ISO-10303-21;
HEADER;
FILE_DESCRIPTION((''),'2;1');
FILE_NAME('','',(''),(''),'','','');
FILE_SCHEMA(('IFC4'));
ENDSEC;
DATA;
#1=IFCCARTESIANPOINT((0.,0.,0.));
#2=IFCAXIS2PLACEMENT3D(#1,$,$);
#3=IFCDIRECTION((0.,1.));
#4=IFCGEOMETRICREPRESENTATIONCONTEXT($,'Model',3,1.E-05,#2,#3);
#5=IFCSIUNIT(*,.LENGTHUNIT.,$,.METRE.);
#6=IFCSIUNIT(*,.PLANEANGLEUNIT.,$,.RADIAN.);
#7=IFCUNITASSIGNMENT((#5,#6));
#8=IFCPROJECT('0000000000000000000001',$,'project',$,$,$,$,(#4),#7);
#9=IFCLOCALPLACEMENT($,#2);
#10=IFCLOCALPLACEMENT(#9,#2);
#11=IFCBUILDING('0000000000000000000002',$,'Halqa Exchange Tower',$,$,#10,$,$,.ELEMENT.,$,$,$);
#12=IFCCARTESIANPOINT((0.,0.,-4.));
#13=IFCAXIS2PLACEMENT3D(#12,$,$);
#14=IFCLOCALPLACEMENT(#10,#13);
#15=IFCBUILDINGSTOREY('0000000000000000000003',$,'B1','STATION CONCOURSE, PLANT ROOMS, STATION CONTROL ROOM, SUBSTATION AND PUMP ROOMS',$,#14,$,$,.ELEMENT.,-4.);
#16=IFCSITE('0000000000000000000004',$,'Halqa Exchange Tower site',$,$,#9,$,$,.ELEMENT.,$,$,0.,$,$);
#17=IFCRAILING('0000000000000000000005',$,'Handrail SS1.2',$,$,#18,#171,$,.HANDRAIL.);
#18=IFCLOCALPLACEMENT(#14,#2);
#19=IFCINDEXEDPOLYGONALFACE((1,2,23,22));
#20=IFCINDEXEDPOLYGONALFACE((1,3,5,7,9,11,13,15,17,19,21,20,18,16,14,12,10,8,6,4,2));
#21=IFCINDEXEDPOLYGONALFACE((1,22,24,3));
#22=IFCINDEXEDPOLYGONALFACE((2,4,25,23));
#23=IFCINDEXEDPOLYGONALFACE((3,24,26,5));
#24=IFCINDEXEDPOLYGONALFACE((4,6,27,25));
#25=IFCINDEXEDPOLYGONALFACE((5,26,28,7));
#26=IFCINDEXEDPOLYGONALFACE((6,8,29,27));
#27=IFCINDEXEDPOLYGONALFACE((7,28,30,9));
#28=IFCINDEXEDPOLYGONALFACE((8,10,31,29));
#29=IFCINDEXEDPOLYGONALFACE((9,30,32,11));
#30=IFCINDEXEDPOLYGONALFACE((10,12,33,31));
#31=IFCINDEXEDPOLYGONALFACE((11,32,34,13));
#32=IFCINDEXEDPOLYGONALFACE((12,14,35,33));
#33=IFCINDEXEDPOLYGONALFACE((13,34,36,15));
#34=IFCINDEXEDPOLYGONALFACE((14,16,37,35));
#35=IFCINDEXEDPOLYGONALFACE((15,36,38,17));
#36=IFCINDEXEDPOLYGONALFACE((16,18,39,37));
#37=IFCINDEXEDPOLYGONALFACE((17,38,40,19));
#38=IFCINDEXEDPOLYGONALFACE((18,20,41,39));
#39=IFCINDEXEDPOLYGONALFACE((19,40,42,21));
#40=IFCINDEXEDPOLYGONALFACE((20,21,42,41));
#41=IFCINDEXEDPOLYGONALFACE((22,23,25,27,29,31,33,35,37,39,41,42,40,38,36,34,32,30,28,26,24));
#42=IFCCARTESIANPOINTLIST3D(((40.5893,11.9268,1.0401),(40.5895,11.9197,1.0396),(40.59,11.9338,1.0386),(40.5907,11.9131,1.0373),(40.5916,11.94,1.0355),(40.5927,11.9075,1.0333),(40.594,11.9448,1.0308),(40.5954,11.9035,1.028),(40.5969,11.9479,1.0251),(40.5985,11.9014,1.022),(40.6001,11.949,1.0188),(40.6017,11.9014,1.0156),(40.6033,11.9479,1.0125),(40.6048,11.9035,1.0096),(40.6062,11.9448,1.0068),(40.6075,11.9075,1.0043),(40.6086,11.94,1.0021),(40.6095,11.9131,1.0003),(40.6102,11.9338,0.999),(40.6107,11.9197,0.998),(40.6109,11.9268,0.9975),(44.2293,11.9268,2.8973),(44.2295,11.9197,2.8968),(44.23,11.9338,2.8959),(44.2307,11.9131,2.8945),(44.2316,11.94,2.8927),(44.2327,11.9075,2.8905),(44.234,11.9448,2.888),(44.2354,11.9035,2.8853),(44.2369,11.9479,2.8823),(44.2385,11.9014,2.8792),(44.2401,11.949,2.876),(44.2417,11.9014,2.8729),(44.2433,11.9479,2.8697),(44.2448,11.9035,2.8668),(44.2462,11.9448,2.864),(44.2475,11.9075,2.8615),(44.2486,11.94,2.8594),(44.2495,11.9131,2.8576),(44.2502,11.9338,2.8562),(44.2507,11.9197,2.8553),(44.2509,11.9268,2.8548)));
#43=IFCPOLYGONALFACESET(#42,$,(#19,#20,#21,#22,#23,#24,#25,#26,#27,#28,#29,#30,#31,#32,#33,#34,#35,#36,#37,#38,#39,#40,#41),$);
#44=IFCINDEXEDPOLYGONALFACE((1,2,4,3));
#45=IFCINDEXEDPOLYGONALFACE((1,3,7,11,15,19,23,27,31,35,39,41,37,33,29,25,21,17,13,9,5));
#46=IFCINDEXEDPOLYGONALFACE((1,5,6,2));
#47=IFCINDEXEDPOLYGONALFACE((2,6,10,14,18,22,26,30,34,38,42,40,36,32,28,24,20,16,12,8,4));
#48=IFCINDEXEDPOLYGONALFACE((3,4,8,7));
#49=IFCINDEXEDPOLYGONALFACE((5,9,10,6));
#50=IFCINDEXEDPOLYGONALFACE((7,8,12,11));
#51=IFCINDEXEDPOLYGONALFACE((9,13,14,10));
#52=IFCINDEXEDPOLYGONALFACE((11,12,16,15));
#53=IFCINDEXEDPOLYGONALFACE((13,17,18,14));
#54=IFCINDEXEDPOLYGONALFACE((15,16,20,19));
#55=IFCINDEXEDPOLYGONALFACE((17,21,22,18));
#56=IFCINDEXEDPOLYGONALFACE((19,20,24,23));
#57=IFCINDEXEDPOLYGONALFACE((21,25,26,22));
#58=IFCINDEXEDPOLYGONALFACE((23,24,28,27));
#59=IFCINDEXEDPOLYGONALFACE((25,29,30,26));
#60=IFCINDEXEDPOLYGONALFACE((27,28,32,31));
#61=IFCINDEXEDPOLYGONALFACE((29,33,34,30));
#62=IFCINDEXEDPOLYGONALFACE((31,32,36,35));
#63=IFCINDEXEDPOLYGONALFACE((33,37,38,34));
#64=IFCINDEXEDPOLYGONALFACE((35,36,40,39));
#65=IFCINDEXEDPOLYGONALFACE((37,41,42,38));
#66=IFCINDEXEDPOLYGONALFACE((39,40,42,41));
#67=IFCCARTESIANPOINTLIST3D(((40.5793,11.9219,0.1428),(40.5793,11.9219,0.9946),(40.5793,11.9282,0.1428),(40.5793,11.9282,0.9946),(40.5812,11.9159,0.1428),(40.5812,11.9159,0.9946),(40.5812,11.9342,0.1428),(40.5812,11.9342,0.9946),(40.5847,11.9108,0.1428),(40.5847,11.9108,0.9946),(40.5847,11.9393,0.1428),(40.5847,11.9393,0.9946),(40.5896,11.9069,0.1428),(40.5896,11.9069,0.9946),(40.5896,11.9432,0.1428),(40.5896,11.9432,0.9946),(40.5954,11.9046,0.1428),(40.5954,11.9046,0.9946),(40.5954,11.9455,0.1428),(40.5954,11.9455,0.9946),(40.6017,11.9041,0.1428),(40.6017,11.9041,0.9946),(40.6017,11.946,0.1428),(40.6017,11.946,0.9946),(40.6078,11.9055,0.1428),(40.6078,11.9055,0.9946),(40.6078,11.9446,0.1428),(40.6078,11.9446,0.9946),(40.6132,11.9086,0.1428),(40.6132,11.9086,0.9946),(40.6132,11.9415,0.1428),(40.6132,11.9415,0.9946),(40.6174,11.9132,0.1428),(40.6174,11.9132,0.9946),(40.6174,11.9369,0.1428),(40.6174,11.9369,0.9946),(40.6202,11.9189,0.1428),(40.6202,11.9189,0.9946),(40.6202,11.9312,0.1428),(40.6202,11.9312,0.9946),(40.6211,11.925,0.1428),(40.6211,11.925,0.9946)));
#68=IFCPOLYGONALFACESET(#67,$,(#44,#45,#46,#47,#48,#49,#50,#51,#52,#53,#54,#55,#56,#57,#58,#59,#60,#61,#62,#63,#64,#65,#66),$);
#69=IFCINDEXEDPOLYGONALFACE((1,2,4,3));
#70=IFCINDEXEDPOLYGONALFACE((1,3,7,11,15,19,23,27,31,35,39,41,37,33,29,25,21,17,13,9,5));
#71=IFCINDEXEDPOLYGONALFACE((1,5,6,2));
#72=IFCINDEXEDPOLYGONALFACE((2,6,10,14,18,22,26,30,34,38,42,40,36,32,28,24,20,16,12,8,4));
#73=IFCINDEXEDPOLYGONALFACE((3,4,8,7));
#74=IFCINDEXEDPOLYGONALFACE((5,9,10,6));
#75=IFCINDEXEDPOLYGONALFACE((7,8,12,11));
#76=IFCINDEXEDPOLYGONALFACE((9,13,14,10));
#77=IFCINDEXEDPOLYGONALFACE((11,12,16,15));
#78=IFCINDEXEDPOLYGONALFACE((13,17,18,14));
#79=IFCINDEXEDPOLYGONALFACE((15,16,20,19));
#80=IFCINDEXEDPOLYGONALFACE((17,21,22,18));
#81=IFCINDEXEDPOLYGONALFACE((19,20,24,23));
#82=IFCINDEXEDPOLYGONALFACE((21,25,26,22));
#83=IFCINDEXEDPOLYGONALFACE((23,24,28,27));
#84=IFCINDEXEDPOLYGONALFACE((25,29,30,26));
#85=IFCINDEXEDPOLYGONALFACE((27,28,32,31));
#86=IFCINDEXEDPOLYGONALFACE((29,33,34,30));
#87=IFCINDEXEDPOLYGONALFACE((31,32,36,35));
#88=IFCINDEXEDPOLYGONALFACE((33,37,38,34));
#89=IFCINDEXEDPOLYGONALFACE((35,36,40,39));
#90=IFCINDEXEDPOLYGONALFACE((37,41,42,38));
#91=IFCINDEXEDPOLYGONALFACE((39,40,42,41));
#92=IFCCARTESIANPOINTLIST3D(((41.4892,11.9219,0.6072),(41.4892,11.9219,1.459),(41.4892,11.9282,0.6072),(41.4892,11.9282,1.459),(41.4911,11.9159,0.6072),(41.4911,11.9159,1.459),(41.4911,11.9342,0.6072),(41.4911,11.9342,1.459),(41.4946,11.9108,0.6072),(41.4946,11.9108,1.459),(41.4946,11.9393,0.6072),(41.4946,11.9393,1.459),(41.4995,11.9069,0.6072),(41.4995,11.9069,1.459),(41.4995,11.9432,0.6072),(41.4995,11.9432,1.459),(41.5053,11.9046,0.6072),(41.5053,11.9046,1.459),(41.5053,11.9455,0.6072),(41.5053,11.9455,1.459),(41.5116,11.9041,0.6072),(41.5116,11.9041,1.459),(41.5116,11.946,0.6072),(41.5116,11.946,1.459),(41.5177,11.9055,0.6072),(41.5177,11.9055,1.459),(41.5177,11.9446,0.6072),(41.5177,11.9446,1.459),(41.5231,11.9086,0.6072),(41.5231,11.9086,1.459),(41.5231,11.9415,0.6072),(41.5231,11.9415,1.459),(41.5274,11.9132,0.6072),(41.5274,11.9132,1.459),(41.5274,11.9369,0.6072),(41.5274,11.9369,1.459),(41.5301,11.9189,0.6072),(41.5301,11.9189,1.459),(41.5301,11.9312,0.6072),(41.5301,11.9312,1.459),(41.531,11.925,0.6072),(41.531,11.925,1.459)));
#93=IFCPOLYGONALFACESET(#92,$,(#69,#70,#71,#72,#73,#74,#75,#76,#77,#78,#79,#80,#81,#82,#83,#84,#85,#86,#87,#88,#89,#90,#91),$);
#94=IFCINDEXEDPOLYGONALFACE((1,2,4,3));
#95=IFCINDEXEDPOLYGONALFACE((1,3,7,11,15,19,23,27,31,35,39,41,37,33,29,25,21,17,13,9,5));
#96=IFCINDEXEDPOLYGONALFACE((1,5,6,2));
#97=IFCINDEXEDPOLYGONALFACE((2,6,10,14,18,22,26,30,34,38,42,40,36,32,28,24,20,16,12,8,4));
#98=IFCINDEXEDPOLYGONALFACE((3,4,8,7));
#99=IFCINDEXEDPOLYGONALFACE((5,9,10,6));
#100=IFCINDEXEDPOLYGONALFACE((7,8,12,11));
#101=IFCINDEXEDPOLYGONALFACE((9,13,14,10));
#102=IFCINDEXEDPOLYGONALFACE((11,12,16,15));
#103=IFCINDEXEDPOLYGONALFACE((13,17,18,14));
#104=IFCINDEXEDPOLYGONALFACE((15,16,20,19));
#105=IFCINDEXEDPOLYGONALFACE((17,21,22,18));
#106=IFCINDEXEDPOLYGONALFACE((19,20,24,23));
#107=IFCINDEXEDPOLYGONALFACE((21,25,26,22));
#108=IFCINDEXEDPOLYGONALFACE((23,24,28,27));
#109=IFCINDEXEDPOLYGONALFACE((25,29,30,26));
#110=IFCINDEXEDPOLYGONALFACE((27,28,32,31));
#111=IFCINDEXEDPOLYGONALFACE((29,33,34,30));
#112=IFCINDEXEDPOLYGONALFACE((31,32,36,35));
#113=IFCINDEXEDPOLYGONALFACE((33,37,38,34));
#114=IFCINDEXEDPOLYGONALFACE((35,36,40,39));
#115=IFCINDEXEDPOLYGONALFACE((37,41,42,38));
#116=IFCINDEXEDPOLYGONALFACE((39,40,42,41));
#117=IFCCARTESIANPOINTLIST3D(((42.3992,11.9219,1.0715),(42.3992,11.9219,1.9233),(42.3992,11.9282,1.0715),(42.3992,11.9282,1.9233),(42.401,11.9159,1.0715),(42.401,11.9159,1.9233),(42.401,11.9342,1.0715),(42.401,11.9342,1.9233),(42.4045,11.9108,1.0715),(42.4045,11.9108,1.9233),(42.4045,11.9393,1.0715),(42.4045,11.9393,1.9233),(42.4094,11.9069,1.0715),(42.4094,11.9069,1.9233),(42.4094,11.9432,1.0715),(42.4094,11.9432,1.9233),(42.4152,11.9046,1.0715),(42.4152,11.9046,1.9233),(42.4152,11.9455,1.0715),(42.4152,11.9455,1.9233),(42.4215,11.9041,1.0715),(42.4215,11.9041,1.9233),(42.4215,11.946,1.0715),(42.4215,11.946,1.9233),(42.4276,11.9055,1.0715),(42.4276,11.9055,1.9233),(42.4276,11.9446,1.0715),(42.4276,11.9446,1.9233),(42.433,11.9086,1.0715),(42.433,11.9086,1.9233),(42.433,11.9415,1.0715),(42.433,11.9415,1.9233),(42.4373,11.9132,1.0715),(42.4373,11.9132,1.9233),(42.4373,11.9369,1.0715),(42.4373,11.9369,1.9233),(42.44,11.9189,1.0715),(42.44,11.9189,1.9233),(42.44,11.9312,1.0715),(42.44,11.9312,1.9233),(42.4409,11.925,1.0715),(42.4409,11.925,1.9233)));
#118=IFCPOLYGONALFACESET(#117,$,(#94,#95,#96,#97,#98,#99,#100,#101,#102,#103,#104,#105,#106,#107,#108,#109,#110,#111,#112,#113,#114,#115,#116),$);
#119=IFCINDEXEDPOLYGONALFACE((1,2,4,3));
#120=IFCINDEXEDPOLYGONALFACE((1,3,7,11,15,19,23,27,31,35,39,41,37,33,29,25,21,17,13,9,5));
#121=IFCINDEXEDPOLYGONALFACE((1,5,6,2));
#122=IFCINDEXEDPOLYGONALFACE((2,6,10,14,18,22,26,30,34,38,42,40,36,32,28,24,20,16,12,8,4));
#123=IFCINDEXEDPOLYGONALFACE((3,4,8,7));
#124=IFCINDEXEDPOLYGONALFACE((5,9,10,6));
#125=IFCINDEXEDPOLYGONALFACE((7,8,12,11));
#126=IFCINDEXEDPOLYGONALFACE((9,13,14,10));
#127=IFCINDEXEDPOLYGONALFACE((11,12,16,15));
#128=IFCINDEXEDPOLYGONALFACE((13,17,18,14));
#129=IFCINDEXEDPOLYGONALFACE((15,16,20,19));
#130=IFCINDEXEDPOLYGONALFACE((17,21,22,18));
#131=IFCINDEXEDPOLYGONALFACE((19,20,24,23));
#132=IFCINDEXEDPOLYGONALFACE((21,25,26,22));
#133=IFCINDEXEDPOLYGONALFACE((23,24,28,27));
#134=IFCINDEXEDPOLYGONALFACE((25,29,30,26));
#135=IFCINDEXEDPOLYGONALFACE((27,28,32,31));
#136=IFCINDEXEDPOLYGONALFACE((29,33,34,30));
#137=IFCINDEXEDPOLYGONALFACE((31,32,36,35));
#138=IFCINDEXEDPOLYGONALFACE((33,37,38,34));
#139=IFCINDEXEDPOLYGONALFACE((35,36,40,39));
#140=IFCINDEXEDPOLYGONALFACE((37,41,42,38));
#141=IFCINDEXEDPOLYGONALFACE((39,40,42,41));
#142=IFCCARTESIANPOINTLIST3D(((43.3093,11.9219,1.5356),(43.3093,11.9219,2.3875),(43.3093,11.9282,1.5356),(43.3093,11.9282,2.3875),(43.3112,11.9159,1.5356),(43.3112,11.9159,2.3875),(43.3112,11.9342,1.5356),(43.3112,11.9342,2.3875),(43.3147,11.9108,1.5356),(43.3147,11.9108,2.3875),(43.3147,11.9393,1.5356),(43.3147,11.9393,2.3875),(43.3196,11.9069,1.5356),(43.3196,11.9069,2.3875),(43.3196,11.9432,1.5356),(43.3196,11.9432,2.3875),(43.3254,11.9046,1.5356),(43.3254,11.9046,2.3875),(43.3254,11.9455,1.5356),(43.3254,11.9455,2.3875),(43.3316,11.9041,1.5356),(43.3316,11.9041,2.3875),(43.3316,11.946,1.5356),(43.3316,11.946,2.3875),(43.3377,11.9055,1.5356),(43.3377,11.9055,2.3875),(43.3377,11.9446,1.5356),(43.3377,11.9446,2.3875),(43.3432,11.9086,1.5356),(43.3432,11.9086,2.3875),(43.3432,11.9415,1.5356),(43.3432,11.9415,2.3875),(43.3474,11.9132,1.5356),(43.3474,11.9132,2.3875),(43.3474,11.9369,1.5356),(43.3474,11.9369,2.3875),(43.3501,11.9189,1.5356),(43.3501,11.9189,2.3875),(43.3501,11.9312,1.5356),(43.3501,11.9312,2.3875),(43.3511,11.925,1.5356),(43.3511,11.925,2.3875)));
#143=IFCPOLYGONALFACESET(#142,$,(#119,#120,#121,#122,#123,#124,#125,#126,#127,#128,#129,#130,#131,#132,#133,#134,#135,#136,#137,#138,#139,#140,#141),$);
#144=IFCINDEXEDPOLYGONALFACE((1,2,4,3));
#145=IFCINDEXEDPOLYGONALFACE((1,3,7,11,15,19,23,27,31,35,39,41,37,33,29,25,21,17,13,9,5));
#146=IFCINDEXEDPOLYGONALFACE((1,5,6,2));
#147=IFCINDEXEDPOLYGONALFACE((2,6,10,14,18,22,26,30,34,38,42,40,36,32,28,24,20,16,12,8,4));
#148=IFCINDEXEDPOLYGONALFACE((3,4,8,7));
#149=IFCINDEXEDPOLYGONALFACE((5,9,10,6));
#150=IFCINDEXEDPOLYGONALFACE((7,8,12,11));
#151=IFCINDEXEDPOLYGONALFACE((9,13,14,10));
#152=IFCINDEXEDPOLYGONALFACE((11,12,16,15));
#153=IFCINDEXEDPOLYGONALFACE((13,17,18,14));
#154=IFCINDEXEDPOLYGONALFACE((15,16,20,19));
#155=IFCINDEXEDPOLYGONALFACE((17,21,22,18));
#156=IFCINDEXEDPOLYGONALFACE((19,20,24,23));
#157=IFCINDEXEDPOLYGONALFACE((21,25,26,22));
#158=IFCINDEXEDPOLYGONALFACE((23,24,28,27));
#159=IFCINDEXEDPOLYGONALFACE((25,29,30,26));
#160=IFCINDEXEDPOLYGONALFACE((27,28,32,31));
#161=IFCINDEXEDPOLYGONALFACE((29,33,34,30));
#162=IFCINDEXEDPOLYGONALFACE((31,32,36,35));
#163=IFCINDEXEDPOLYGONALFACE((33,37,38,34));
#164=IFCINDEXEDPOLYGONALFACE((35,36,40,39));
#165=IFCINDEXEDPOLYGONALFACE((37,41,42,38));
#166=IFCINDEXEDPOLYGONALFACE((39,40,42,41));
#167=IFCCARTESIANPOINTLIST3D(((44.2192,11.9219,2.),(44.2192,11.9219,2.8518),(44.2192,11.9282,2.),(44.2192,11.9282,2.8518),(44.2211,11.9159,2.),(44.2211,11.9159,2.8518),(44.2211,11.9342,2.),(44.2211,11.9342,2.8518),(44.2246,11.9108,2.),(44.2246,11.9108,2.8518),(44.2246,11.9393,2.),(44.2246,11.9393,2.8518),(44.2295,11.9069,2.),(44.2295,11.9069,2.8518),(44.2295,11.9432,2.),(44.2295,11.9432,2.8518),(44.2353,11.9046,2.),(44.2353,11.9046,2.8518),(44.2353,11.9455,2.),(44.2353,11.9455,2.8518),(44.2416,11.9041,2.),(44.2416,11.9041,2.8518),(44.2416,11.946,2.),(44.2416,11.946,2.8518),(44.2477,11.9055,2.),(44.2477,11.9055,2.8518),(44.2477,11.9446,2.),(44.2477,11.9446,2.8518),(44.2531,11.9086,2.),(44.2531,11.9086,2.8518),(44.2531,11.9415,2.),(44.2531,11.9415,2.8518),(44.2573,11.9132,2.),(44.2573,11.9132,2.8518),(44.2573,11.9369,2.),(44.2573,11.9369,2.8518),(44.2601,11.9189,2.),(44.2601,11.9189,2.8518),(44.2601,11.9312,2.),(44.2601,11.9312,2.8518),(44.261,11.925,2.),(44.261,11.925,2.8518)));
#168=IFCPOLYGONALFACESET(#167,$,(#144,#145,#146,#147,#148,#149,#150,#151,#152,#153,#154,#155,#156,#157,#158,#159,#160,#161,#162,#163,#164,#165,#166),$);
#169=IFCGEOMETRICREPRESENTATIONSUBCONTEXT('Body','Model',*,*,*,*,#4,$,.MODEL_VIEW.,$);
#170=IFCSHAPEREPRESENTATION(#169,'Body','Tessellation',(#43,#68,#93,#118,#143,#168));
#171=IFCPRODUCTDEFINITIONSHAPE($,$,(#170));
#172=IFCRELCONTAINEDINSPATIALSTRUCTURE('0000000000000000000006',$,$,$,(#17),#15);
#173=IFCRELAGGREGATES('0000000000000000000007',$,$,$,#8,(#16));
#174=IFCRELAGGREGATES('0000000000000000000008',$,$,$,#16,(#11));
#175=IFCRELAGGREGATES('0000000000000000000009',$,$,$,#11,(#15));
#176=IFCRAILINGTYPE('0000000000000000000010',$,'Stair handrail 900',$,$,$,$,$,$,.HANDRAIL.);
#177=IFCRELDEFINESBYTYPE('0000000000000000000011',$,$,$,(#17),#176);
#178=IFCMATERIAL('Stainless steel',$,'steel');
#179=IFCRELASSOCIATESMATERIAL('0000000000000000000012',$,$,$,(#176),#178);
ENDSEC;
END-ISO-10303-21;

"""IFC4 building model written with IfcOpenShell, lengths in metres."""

from ifc_helpers import new_model, si_unit, direction, frame, origin, origin_2d, place, context, subcontext, project, spatial, circle, extrude, material, type_object, element, save


model = new_model("IFC4")

# Units and contexts
model_context = context("Model", 3, precision=1e-05, world=origin(), true_north=direction((0.0, 1.0)))
body_context = subcontext(model_context, "Body", "Model", "MODEL_VIEW")
ifc_project = project(units=[si_unit("LENGTHUNIT", "METRE"), si_unit("PLANEANGLEUNIT", "RADIAN")], contexts=[model_context])

# Site, building, storey
site_placement = place(None, origin())
site = spatial("IfcSite", under=ifc_project, at=site_placement, Name="Halqa Exchange Tower site", CompositionType="ELEMENT", RefElevation=0.0)
building_placement = place(site_placement, origin())
building = spatial("IfcBuilding", under=site, at=building_placement, Name="Halqa Exchange Tower", CompositionType="ELEMENT")
storey_placement = place(building_placement, frame((0.0, 0.0, -4.0)))
storey = spatial("IfcBuildingStorey", under=building, at=storey_placement, Name="B1", Description="STATION CONCOURSE, PLANT ROOMS, STATION CONTROL ROOM, SUBSTATION AND PUMP ROOMS", CompositionType="ELEMENT", Elevation=-4.0)

# Railing
ifc_material_1 = material(Name="Stainless steel", Category="steel")
railing_type_1 = type_object("IfcRailingType", Name="Stair handrail 900", PredefinedType="HANDRAIL", material=ifc_material_1)
railing_1_placement = place(storey_placement, frame((40.6001, 11.925, 0.1428)))
element("IfcRailing", 1, at=railing_1_placement, inside=storey, type_object=railing_type_1, Name="Handrail SS1.2", PredefinedType="HANDRAIL", context=body_context, shape_type="SweptSolid", body=[
    extrude(circle(Radius=0.0239, at=origin_2d()), frame((0.0, 0.0, 0.876), z_axis=(0.890753, 0.0, 0.454488), x_axis=(0.0, 1.0, 0.0)), (0.0, 0.0, 1.0), 4.0864),
    extrude(circle(Radius=0.021, at=origin_2d()), origin(), (0.0, 0.0, 1.0), 0.8518),
    extrude(circle(Radius=0.021, at=origin_2d()), frame((0.9099, 0.0, 0.4644)), (0.0, 0.0, 1.0), 0.8518),
    extrude(circle(Radius=0.021, at=origin_2d()), frame((1.8198, 0.0, 0.9287)), (0.0, 0.0, 1.0), 0.8518),
    extrude(circle(Radius=0.021, at=origin_2d()), frame((2.73, 0.0, 1.3928)), (0.0, 0.0, 1.0), 0.8518),
    extrude(circle(Radius=0.021, at=origin_2d()), frame((3.6399, 0.0, 1.8572)), (0.0, 0.0, 1.0), 0.8518),
])

save(model, "model.ifc")
